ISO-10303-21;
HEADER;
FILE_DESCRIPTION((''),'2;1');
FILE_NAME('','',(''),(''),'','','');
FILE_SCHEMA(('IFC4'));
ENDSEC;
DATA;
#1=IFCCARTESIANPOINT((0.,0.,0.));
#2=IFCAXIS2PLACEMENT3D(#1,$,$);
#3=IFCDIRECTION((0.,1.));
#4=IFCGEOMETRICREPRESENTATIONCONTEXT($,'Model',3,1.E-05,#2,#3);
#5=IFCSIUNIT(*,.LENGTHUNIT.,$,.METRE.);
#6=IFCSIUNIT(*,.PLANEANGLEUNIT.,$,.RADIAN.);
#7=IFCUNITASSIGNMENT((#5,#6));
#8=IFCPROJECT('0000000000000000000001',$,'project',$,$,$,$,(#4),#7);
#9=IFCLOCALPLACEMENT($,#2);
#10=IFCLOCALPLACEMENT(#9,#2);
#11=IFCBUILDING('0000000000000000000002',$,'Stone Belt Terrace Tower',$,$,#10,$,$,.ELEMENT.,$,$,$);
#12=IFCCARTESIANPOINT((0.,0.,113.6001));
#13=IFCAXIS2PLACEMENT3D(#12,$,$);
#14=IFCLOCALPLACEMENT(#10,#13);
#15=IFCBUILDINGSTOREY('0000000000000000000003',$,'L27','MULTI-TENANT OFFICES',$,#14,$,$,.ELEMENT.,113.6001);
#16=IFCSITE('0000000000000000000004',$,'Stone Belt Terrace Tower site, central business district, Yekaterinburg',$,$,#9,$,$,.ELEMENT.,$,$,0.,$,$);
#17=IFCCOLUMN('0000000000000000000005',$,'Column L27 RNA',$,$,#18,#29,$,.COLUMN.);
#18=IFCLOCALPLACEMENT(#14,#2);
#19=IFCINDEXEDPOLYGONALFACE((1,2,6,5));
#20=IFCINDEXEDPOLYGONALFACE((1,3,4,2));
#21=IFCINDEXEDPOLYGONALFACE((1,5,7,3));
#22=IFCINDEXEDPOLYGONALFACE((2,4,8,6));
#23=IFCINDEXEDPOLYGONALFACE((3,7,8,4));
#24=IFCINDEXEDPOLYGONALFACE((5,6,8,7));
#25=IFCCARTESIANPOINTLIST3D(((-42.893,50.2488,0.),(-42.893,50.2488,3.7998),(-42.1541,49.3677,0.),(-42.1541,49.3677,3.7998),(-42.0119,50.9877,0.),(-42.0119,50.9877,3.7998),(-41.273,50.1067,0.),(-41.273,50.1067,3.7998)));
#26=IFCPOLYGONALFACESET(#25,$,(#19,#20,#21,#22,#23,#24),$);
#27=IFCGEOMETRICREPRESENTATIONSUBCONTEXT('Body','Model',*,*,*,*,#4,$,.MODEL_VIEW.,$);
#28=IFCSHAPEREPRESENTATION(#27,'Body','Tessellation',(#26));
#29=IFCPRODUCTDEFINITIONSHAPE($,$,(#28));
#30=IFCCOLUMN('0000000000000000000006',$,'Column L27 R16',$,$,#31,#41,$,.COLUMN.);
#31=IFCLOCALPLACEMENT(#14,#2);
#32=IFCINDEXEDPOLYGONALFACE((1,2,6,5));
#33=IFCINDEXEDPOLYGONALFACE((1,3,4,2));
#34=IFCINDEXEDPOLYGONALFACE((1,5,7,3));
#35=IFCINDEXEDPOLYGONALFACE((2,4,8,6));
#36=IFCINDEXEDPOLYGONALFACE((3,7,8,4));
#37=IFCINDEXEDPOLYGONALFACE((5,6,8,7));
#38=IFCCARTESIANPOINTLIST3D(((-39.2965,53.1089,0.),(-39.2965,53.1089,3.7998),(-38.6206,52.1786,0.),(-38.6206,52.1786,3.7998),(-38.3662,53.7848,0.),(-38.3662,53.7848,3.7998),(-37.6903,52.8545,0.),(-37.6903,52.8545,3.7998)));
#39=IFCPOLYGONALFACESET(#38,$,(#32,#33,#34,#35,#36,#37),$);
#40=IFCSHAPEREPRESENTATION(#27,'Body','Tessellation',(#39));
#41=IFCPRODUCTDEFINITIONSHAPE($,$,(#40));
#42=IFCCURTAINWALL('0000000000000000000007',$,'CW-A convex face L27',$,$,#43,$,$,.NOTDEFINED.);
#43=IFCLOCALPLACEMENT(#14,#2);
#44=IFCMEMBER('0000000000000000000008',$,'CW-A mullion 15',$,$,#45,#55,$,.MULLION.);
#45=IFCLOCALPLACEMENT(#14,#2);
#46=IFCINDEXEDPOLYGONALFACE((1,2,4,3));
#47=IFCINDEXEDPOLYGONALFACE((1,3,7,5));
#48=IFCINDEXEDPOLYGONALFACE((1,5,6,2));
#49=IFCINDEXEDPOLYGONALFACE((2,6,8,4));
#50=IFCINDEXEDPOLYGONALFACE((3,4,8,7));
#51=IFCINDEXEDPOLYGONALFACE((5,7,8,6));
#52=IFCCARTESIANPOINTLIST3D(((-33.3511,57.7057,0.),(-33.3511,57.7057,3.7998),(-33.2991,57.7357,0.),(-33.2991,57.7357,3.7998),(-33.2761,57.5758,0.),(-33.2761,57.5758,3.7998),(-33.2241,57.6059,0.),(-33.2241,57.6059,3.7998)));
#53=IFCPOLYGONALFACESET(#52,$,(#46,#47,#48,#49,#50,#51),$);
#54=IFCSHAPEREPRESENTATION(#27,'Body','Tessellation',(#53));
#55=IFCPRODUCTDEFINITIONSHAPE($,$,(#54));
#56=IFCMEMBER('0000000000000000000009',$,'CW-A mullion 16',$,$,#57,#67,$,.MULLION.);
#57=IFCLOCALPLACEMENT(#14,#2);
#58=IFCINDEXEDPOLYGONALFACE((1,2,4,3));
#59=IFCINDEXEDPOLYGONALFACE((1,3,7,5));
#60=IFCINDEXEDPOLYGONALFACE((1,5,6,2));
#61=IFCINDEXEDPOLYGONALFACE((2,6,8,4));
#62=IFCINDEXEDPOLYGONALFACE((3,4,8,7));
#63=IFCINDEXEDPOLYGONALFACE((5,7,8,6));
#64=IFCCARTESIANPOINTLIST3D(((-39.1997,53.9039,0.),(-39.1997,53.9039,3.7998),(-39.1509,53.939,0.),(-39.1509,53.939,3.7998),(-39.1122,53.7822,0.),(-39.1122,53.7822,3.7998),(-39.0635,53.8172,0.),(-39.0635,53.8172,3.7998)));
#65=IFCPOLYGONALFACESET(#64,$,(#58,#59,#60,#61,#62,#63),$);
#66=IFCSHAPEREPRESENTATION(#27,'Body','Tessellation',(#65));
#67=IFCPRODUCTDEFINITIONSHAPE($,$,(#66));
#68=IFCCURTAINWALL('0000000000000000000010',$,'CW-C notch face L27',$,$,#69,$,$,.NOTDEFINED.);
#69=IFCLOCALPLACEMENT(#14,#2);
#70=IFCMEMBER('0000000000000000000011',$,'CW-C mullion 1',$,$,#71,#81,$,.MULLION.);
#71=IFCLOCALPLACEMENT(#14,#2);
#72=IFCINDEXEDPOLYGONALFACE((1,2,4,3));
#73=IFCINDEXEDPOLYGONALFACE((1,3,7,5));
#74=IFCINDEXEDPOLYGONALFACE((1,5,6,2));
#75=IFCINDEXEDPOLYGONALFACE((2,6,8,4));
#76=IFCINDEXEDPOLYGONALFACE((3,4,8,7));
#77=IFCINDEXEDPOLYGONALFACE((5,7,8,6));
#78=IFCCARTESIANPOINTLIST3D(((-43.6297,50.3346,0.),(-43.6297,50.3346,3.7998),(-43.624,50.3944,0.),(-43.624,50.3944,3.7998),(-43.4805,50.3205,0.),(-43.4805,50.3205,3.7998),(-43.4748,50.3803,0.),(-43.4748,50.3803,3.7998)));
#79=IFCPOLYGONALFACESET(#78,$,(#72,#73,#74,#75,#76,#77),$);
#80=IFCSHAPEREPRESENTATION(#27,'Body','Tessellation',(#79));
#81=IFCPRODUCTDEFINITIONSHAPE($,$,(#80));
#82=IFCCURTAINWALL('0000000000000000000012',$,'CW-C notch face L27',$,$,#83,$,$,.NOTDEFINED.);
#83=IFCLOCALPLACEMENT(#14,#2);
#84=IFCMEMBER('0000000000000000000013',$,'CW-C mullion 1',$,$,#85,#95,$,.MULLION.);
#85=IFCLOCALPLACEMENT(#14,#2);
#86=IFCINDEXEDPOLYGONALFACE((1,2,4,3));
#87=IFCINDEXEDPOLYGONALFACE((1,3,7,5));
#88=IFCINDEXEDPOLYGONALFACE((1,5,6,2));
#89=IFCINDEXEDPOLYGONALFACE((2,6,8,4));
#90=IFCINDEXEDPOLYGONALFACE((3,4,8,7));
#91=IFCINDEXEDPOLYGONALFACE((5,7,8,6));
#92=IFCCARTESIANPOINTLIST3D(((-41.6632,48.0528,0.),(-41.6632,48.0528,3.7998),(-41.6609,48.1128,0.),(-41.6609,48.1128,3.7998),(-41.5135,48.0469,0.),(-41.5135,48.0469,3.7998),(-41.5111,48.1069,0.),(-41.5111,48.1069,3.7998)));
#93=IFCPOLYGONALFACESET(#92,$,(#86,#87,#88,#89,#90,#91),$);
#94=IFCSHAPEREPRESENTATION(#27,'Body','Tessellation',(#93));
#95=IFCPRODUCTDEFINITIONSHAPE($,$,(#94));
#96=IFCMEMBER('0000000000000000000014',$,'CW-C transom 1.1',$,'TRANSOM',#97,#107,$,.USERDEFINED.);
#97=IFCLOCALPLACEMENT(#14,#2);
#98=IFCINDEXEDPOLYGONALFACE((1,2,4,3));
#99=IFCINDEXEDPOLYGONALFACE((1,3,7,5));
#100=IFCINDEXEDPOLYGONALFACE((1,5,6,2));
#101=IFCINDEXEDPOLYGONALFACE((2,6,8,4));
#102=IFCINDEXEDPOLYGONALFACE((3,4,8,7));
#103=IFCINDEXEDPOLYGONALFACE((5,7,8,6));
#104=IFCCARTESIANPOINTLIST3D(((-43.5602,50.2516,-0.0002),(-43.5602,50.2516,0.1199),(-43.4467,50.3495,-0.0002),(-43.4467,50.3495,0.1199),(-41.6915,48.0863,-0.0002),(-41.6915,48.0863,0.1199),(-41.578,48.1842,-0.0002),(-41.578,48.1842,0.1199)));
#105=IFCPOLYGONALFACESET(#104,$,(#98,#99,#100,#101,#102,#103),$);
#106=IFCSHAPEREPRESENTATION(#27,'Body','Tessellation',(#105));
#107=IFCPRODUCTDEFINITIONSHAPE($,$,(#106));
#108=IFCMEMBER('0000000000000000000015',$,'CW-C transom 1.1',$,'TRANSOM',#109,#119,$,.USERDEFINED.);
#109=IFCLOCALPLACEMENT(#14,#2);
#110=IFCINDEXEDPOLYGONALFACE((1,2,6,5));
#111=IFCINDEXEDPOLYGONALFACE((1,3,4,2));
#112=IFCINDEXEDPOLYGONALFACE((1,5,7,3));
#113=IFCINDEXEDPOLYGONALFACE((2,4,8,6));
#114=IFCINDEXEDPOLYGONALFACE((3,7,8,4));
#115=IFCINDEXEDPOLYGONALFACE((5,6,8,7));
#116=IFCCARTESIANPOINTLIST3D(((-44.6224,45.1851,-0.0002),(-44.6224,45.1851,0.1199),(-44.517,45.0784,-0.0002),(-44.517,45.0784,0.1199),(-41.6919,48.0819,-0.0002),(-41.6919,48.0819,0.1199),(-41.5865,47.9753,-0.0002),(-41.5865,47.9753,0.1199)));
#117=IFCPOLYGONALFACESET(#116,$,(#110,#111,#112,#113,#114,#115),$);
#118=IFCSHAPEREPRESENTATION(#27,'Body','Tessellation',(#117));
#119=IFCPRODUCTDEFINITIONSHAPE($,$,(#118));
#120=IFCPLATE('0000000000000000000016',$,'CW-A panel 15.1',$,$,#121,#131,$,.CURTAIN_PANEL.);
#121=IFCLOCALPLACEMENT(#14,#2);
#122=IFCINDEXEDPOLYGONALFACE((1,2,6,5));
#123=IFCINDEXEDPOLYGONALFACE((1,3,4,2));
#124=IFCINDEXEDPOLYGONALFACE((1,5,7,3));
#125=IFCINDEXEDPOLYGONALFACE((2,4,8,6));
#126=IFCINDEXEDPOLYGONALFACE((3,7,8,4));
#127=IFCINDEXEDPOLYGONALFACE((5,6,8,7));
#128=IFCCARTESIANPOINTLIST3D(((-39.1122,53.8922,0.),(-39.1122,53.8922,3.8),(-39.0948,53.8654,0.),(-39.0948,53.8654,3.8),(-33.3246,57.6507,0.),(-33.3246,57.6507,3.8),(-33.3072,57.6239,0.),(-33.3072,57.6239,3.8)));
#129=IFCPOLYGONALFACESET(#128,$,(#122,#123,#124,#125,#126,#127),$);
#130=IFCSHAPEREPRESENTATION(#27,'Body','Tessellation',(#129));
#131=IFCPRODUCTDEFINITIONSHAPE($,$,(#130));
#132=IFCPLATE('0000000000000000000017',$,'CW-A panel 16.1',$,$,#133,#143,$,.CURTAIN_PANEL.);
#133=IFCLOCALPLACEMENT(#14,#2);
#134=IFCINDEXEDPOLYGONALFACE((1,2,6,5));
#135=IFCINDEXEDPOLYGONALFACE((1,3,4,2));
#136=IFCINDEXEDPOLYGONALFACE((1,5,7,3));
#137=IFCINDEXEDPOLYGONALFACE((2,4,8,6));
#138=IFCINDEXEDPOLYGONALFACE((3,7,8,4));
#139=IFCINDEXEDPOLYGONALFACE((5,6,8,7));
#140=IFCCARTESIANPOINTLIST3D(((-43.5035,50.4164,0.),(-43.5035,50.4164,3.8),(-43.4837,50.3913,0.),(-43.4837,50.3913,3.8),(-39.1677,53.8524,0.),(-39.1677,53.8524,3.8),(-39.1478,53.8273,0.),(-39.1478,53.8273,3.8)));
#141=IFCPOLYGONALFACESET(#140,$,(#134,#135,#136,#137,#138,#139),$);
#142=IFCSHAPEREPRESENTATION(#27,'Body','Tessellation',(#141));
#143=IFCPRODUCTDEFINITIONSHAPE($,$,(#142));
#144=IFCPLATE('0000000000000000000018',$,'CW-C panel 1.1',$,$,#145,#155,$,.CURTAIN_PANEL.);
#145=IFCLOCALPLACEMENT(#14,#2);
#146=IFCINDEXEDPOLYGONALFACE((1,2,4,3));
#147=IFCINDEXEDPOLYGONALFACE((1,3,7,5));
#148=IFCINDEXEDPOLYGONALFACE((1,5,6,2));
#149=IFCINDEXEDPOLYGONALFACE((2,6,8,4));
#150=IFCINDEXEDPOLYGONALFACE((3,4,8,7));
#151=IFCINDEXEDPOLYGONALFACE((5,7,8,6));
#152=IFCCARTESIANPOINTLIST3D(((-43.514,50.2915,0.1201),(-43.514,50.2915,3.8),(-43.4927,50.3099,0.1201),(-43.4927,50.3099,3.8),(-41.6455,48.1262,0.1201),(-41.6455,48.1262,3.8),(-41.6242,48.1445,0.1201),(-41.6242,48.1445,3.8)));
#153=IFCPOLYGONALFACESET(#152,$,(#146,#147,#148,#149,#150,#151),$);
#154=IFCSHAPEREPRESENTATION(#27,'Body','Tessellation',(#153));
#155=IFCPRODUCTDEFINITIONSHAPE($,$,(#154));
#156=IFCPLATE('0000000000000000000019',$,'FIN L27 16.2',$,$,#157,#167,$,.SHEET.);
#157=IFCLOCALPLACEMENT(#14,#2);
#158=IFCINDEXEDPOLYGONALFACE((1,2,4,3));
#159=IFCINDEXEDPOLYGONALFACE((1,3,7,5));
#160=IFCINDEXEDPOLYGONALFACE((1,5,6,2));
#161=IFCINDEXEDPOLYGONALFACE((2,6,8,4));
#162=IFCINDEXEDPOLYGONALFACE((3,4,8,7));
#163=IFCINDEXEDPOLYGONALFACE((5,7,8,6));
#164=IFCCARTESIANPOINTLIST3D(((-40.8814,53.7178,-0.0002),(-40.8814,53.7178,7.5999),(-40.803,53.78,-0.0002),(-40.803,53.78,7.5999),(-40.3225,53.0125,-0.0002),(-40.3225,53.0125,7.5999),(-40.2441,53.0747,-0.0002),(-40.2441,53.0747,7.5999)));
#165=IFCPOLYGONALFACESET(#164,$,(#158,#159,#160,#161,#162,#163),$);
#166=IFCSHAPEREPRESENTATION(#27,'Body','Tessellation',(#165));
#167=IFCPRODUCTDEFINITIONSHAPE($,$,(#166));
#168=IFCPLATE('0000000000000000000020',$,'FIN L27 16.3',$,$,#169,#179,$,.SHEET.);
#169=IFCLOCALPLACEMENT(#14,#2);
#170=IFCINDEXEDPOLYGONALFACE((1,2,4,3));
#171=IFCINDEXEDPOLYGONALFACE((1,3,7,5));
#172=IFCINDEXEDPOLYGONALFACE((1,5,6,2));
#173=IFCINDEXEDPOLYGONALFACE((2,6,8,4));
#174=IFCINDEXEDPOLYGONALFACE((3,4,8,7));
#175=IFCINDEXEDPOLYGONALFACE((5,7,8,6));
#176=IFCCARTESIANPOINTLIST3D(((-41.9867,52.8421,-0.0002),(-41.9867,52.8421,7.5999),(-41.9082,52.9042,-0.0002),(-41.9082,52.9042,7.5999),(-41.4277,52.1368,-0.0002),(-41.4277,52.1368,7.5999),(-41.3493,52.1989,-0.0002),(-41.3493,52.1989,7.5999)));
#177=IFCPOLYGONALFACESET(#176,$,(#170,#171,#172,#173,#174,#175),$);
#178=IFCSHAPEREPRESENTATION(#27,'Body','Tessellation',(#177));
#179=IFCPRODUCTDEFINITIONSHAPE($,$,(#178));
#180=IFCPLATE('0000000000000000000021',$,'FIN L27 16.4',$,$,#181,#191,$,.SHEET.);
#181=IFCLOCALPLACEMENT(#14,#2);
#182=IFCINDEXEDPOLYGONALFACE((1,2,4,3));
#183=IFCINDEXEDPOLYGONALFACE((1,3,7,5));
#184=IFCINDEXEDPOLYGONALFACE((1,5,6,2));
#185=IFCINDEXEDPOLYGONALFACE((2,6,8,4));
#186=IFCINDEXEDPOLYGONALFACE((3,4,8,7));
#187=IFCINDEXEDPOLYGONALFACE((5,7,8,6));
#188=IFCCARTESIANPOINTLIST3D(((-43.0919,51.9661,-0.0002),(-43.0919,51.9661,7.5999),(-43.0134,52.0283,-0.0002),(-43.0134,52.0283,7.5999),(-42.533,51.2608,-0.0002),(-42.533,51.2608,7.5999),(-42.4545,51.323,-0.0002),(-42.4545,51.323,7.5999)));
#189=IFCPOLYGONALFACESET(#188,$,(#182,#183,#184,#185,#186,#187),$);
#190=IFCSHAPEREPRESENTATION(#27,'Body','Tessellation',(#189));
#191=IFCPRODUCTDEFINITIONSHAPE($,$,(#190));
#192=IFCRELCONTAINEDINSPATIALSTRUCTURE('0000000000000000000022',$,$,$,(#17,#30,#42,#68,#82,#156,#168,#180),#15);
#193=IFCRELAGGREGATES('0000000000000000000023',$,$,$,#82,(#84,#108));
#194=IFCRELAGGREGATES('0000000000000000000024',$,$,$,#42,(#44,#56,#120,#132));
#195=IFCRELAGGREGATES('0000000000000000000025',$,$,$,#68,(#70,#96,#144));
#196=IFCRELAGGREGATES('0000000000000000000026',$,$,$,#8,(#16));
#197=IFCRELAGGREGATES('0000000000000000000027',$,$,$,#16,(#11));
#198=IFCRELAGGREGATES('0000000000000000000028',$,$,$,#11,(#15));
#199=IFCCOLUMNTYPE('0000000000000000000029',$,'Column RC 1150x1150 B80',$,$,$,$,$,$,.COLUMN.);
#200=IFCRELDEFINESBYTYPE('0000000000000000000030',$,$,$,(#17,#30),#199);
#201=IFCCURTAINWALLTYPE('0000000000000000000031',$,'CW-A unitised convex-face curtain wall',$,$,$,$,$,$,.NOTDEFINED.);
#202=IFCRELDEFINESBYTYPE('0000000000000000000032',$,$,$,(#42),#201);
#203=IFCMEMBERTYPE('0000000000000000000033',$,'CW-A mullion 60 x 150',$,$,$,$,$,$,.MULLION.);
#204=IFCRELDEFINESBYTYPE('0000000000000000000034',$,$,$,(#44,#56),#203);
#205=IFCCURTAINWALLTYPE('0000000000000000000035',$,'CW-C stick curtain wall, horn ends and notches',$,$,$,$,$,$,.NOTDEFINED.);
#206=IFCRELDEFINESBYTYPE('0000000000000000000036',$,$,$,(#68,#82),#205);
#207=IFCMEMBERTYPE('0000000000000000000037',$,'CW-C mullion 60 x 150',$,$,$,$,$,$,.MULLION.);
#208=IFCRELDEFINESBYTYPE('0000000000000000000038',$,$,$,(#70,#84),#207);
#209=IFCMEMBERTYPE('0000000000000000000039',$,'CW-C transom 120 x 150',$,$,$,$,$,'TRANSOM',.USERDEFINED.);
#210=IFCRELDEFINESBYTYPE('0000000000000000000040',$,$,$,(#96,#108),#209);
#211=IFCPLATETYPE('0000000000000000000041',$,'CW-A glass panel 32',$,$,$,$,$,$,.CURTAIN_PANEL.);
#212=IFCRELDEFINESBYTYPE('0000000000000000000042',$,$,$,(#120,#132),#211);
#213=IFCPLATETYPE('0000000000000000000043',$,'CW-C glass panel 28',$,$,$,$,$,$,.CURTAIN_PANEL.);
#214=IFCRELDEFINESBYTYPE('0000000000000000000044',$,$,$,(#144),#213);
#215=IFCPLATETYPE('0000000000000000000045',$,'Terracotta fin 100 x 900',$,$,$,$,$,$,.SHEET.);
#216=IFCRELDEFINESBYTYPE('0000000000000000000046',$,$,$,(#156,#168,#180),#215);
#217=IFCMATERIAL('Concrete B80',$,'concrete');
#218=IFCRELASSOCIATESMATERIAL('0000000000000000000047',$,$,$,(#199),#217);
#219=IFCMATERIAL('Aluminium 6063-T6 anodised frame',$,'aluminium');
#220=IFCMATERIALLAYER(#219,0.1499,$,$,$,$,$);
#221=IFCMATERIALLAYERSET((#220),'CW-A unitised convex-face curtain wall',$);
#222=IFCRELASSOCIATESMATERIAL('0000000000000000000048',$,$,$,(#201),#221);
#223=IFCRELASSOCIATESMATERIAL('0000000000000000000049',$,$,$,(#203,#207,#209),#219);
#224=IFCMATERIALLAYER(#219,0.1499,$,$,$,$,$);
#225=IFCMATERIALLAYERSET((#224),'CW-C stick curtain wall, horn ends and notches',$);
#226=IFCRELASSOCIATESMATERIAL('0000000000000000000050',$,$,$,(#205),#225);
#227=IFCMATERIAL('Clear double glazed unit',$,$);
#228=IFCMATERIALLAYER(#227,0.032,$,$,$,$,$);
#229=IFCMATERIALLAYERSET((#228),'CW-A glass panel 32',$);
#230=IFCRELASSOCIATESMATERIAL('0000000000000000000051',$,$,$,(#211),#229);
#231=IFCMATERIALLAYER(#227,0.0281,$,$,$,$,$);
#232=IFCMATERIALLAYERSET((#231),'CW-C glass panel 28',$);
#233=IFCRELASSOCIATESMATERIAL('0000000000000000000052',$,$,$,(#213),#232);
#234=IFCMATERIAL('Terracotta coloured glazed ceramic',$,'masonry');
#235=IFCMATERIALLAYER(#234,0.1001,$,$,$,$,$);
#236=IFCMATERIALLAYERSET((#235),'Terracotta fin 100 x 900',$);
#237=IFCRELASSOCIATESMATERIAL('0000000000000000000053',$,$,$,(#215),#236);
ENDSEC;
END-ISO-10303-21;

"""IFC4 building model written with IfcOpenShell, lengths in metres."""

from ifc_helpers import new_model, si_unit, direction, frame, origin, origin_2d, place, context, subcontext, project, spatial, rectangle, extrude, material, layer, layer_set, material_profile, profile_set, type_object, element, aggregate, save


model = new_model("IFC4")

# Units and contexts
model_context = context("Model", 3, precision=1e-05, world=origin(), true_north=direction((0.0, 1.0)))
body_context = subcontext(model_context, "Body", "Model", "MODEL_VIEW")
ifc_project = project(units=[si_unit("LENGTHUNIT", "METRE"), si_unit("PLANEANGLEUNIT", "RADIAN")], contexts=[model_context])

# Site, building, storey
site_placement = place(None, origin())
site = spatial("IfcSite", under=ifc_project, at=site_placement, Name="Stone Belt Terrace Tower site, central business district, Yekaterinburg", CompositionType="ELEMENT", RefElevation=0.0)
building_placement = place(site_placement, origin())
building = spatial("IfcBuilding", under=site, at=building_placement, Name="Stone Belt Terrace Tower", CompositionType="ELEMENT")
storey_placement = place(building_placement, frame((0.0, 0.0, 113.6001)))
storey = spatial("IfcBuildingStorey", under=building, at=storey_placement, Name="L27", Description="MULTI-TENANT OFFICES", CompositionType="ELEMENT", Elevation=113.6001)

# Columns
ifc_material_1 = material(Name="Concrete B80", Category="concrete")
ifc_material_profile_1 = material_profile(ifc_material_1, rectangle(XDim=1.1499, YDim=1.1499, at=origin_2d()), Name="RC 1150x1150")
ifc_profile_set_1 = profile_set([ifc_material_profile_1], Name="Concrete B80")
column_type = type_object("IfcColumnType", Name="Column RC 1150x1150 B80", PredefinedType="COLUMN", material=ifc_profile_set_1)
for number, where, z_axis, x_axis, name in (
    (1, (-42.083, 50.1777, 0.0), (0.0, 0.0, 1.0), (0.766203, 0.642599, 0.0), "Column L27 RNA"),
    (2, (-38.4934, 52.9817, 0.0), (0.0, 0.0, 1.0), (0.809017, 0.587785, 0.0), "Column L27 R16"),
):
    element("IfcColumn", number, at=place(storey_placement, frame(where, z_axis=z_axis, x_axis=x_axis)), inside=storey, type_object=column_type, Name=name, PredefinedType="COLUMN", context=body_context, shape_type="SweptSolid", body=[
        extrude(rectangle(XDim=1.1499, YDim=1.1499, at=origin_2d()), origin(), (0.0, 0.0, 1.0), 3.7998),
    ])

# Curtain wall, members
ifc_material_2 = material(Name="Aluminium 6063-T6 anodised frame", Category="aluminium")
ifc_layer_1 = layer(ifc_material_2, 0.1499)
ifc_layer_set_1 = layer_set([ifc_layer_1], Name="CW-A unitised convex-face curtain wall")
curtain_wall_type_1 = type_object("IfcCurtainWallType", Name="CW-A unitised convex-face curtain wall", PredefinedType="NOTDEFINED", material=ifc_layer_set_1)
curtain_wall_1_placement = place(storey_placement, origin())
curtain_wall_1 = element("IfcCurtainWall", 3, at=curtain_wall_1_placement, inside=storey, type_object=curtain_wall_type_1, Name="CW-A convex face L27", PredefinedType="NOTDEFINED")
ifc_material_profile_2 = material_profile(ifc_material_2, rectangle(XDim=0.1499, YDim=0.0601, at=origin_2d()), Name="Aluminium 6063-T6 60x150")
ifc_profile_set_2 = profile_set([ifc_material_profile_2], Name="Aluminium 6063-T6 anodised frame")
member_type_1 = type_object("IfcMemberType", Name="CW-A mullion 60 x 150", PredefinedType="MULLION", material=ifc_profile_set_2)
member_1_placement = place(storey_placement, frame((-33.2876, 57.6558, 0.0), z_axis=(0.0, 0.0, 1.0), x_axis=(0.5, -0.866025, 0.0)))
member_1 = element("IfcMember", 4, at=member_1_placement, type_object=member_type_1, Name="CW-A mullion 15", PredefinedType="MULLION", context=body_context, shape_type="SweptSolid", body=[
    extrude(rectangle(XDim=0.1499, YDim=0.0601, at=origin_2d()), origin(), (0.0, 0.0, 1.0), 3.7998),
])
member_2_placement = place(storey_placement, frame((-39.1316, 53.8606, 0.0), z_axis=(0.0, 0.0, 1.0), x_axis=(0.583509, -0.812107, 0.0)))
member_2 = element("IfcMember", 5, at=member_2_placement, type_object=member_type_1, Name="CW-A mullion 16", PredefinedType="MULLION", context=body_context, shape_type="SweptSolid", body=[
    extrude(rectangle(XDim=0.1499, YDim=0.0601, at=origin_2d()), origin(), (0.0, 0.0, 1.0), 3.7998),
])

# Curtain walls, members
ifc_layer_2 = layer(ifc_material_2, 0.1499)
ifc_layer_set_2 = layer_set([ifc_layer_2], Name="CW-C stick curtain wall, horn ends and notches")
curtain_wall_type_2 = type_object("IfcCurtainWallType", Name="CW-C stick curtain wall, horn ends and notches", PredefinedType="NOTDEFINED", material=ifc_layer_set_2)
curtain_wall_2_placement = place(storey_placement, origin())
curtain_wall_2 = element("IfcCurtainWall", 6, at=curtain_wall_2_placement, inside=storey, type_object=curtain_wall_type_2, Name="CW-C notch face L27", PredefinedType="NOTDEFINED")
ifc_material_profile_3 = material_profile(ifc_material_2, rectangle(XDim=0.1499, YDim=0.0601, at=origin_2d()), Name="Aluminium 6063-T6 60x150")
ifc_profile_set_3 = profile_set([ifc_material_profile_3], Name="Aluminium 6063-T6 anodised frame")
member_type_2 = type_object("IfcMemberType", Name="CW-C mullion 60 x 150", PredefinedType="MULLION", material=ifc_profile_set_3)
member_3_placement = place(storey_placement, frame((-43.5522, 50.3574, 0.0), z_axis=(0.0, 0.0, 1.0), x_axis=(0.995551, -0.094228, 0.0)))
member_3 = element("IfcMember", 7, at=member_3_placement, type_object=member_type_2, Name="CW-C mullion 1", PredefinedType="MULLION", context=body_context, shape_type="SweptSolid", body=[
    extrude(rectangle(XDim=0.1499, YDim=0.0601, at=origin_2d()), origin(), (0.0, 0.0, 1.0), 3.7998),
])
curtain_wall_3_placement = place(storey_placement, origin())
curtain_wall_3 = element("IfcCurtainWall", 8, at=curtain_wall_3_placement, inside=storey, type_object=curtain_wall_type_2, Name="CW-C notch face L27", PredefinedType="NOTDEFINED")
member_4_placement = place(storey_placement, frame((-41.5872, 48.0798, 0.0), z_axis=(0.0, 0.0, 1.0), x_axis=(0.999215, -0.039619, 0.0)))
member_4 = element("IfcMember", 9, at=member_4_placement, type_object=member_type_2, Name="CW-C mullion 1", PredefinedType="MULLION", context=body_context, shape_type="SweptSolid", body=[
    extrude(rectangle(XDim=0.1499, YDim=0.0601, at=origin_2d()), origin(), (0.0, 0.0, 1.0), 3.7998),
])

# Members
ifc_material_profile_4 = material_profile(ifc_material_2, rectangle(XDim=0.1499, YDim=0.1201, at=origin_2d()), Name="Aluminium 6063-T6 150x120")
ifc_profile_set_4 = profile_set([ifc_material_profile_4], Name="Aluminium 6063-T6 anodised frame")
member_type_3 = type_object("IfcMemberType", Name="CW-C transom 120 x 150", ElementType="TRANSOM", PredefinedType="USERDEFINED", material=ifc_profile_set_4)
member_5_placement = place(storey_placement, frame((-43.5034, 50.3005, 0.0598), z_axis=(0.653346, -0.757059, 0.0), x_axis=(0.757059, 0.653346, 0.0)))
member_5 = element("IfcMember", 10, at=member_5_placement, type_object=member_type_3, Name="CW-C transom 1.1", ObjectType="TRANSOM", PredefinedType="USERDEFINED", context=body_context, shape_type="SweptSolid", body=[
    extrude(rectangle(XDim=0.1499, YDim=0.1201, at=origin_2d()), origin(), (0.0, 0.0, 1.0), 2.8601),
])
member_6_placement = place(storey_placement, frame((-41.6392, 48.0286, 0.0598), z_axis=(-0.711183, -0.703007, 0.0), x_axis=(0.703007, -0.711183, 0.0)))
member_6 = element("IfcMember", 11, at=member_6_placement, type_object=member_type_3, Name="CW-C transom 1.1", ObjectType="TRANSOM", PredefinedType="USERDEFINED", context=body_context, shape_type="SweptSolid", body=[
    extrude(rectangle(XDim=0.1499, YDim=0.1201, at=origin_2d()), origin(), (0.0, 0.0, 1.0), 4.1206),
])
aggregate(curtain_wall_3, [member_4, member_6])

# Plates
ifc_material_3 = material(Name="Clear double glazed unit")
ifc_layer_3 = layer(ifc_material_3, 0.032)
ifc_layer_set_3 = layer_set([ifc_layer_3], Name="CW-A glass panel 32")
plate_type_1 = type_object("IfcPlateType", Name="CW-A glass panel 32", PredefinedType="CURTAIN_PANEL", material=ifc_layer_set_3)
plate_1_placement = place(storey_placement, frame((-36.2097, 55.7581, 0.0), z_axis=(0.0, 0.0, 1.0), x_axis=(-0.838671, -0.544639, 0.0)))
plate_1 = element("IfcPlate", 12, at=plate_1_placement, type_object=plate_type_1, Name="CW-A panel 15.1", PredefinedType="CURTAIN_PANEL", context=body_context, shape_type="SweptSolid", body=[
    extrude(rectangle(XDim=6.9009, YDim=0.032, at=origin_2d()), origin(), (0.0, 0.0, 1.0), 3.8),
])
plate_2_placement = place(storey_placement, frame((-41.3257, 52.1218, 0.0), z_axis=(0.0, 0.0, 1.0), x_axis=(-0.783743, -0.621085, 0.0)))
plate_2 = element("IfcPlate", 13, at=plate_2_placement, type_object=plate_type_1, Name="CW-A panel 16.1", PredefinedType="CURTAIN_PANEL", context=body_context, shape_type="SweptSolid", body=[
    extrude(rectangle(XDim=5.5322, YDim=0.032, at=origin_2d()), origin(), (0.0, 0.0, 1.0), 3.8),
])
aggregate(curtain_wall_1, [member_1, member_2, plate_1, plate_2])
ifc_layer_4 = layer(ifc_material_3, 0.0281)
ifc_layer_set_4 = layer_set([ifc_layer_4], Name="CW-C glass panel 28")
plate_type_2 = type_object("IfcPlateType", Name="CW-C glass panel 28", PredefinedType="CURTAIN_PANEL", material=ifc_layer_set_4)
plate_3_placement = place(storey_placement, frame((-42.5691, 49.218, 0.1201), z_axis=(0.0, 0.0, 1.0), x_axis=(0.6533, -0.7571, 0.0)))
plate_3 = element("IfcPlate", 14, at=plate_3_placement, type_object=plate_type_2, Name="CW-C panel 1.1", PredefinedType="CURTAIN_PANEL", context=body_context, shape_type="SweptSolid", body=[
    extrude(rectangle(XDim=2.8601, YDim=0.0281, at=origin_2d()), origin(), (0.0, 0.0, 1.0), 3.6799),
])
aggregate(curtain_wall_2, [member_3, member_5, plate_3])

# Plates
ifc_material_4 = material(Name="Terracotta coloured glazed ceramic", Category="masonry")
ifc_layer_5 = layer(ifc_material_4, 0.1001)
ifc_layer_set_5 = layer_set([ifc_layer_5], Name="Terracotta fin 100 x 900")
plate_type_3 = type_object("IfcPlateType", Name="Terracotta fin 100 x 900", PredefinedType="SHEET", material=ifc_layer_set_5)
for number, where, z_axis, x_axis, name in (
    (15, (-40.5627, 53.3962, -0.0002), (0.0, 0.0, 1.0), (-0.621085, 0.783743, 0.0), "FIN L27 16.2"),
    (16, (-41.668, 52.5205, -0.0002), (0.0, 0.0, 1.0), (-0.621085, 0.783743, 0.0), "FIN L27 16.3"),
    (17, (-42.7732, 51.6445, -0.0002), (0.0, 0.0, 1.0), (-0.621085, 0.783743, 0.0), "FIN L27 16.4"),
):
    element("IfcPlate", number, at=place(storey_placement, frame(where, z_axis=z_axis, x_axis=x_axis)), inside=storey, type_object=plate_type_3, Name=name, PredefinedType="SHEET", context=body_context, shape_type="SweptSolid", body=[
        extrude(rectangle(XDim=0.8999, YDim=0.1001, at=origin_2d()), origin(), (0.0, 0.0, 1.0), 7.6001),
    ])

save(model, "model.ifc")
